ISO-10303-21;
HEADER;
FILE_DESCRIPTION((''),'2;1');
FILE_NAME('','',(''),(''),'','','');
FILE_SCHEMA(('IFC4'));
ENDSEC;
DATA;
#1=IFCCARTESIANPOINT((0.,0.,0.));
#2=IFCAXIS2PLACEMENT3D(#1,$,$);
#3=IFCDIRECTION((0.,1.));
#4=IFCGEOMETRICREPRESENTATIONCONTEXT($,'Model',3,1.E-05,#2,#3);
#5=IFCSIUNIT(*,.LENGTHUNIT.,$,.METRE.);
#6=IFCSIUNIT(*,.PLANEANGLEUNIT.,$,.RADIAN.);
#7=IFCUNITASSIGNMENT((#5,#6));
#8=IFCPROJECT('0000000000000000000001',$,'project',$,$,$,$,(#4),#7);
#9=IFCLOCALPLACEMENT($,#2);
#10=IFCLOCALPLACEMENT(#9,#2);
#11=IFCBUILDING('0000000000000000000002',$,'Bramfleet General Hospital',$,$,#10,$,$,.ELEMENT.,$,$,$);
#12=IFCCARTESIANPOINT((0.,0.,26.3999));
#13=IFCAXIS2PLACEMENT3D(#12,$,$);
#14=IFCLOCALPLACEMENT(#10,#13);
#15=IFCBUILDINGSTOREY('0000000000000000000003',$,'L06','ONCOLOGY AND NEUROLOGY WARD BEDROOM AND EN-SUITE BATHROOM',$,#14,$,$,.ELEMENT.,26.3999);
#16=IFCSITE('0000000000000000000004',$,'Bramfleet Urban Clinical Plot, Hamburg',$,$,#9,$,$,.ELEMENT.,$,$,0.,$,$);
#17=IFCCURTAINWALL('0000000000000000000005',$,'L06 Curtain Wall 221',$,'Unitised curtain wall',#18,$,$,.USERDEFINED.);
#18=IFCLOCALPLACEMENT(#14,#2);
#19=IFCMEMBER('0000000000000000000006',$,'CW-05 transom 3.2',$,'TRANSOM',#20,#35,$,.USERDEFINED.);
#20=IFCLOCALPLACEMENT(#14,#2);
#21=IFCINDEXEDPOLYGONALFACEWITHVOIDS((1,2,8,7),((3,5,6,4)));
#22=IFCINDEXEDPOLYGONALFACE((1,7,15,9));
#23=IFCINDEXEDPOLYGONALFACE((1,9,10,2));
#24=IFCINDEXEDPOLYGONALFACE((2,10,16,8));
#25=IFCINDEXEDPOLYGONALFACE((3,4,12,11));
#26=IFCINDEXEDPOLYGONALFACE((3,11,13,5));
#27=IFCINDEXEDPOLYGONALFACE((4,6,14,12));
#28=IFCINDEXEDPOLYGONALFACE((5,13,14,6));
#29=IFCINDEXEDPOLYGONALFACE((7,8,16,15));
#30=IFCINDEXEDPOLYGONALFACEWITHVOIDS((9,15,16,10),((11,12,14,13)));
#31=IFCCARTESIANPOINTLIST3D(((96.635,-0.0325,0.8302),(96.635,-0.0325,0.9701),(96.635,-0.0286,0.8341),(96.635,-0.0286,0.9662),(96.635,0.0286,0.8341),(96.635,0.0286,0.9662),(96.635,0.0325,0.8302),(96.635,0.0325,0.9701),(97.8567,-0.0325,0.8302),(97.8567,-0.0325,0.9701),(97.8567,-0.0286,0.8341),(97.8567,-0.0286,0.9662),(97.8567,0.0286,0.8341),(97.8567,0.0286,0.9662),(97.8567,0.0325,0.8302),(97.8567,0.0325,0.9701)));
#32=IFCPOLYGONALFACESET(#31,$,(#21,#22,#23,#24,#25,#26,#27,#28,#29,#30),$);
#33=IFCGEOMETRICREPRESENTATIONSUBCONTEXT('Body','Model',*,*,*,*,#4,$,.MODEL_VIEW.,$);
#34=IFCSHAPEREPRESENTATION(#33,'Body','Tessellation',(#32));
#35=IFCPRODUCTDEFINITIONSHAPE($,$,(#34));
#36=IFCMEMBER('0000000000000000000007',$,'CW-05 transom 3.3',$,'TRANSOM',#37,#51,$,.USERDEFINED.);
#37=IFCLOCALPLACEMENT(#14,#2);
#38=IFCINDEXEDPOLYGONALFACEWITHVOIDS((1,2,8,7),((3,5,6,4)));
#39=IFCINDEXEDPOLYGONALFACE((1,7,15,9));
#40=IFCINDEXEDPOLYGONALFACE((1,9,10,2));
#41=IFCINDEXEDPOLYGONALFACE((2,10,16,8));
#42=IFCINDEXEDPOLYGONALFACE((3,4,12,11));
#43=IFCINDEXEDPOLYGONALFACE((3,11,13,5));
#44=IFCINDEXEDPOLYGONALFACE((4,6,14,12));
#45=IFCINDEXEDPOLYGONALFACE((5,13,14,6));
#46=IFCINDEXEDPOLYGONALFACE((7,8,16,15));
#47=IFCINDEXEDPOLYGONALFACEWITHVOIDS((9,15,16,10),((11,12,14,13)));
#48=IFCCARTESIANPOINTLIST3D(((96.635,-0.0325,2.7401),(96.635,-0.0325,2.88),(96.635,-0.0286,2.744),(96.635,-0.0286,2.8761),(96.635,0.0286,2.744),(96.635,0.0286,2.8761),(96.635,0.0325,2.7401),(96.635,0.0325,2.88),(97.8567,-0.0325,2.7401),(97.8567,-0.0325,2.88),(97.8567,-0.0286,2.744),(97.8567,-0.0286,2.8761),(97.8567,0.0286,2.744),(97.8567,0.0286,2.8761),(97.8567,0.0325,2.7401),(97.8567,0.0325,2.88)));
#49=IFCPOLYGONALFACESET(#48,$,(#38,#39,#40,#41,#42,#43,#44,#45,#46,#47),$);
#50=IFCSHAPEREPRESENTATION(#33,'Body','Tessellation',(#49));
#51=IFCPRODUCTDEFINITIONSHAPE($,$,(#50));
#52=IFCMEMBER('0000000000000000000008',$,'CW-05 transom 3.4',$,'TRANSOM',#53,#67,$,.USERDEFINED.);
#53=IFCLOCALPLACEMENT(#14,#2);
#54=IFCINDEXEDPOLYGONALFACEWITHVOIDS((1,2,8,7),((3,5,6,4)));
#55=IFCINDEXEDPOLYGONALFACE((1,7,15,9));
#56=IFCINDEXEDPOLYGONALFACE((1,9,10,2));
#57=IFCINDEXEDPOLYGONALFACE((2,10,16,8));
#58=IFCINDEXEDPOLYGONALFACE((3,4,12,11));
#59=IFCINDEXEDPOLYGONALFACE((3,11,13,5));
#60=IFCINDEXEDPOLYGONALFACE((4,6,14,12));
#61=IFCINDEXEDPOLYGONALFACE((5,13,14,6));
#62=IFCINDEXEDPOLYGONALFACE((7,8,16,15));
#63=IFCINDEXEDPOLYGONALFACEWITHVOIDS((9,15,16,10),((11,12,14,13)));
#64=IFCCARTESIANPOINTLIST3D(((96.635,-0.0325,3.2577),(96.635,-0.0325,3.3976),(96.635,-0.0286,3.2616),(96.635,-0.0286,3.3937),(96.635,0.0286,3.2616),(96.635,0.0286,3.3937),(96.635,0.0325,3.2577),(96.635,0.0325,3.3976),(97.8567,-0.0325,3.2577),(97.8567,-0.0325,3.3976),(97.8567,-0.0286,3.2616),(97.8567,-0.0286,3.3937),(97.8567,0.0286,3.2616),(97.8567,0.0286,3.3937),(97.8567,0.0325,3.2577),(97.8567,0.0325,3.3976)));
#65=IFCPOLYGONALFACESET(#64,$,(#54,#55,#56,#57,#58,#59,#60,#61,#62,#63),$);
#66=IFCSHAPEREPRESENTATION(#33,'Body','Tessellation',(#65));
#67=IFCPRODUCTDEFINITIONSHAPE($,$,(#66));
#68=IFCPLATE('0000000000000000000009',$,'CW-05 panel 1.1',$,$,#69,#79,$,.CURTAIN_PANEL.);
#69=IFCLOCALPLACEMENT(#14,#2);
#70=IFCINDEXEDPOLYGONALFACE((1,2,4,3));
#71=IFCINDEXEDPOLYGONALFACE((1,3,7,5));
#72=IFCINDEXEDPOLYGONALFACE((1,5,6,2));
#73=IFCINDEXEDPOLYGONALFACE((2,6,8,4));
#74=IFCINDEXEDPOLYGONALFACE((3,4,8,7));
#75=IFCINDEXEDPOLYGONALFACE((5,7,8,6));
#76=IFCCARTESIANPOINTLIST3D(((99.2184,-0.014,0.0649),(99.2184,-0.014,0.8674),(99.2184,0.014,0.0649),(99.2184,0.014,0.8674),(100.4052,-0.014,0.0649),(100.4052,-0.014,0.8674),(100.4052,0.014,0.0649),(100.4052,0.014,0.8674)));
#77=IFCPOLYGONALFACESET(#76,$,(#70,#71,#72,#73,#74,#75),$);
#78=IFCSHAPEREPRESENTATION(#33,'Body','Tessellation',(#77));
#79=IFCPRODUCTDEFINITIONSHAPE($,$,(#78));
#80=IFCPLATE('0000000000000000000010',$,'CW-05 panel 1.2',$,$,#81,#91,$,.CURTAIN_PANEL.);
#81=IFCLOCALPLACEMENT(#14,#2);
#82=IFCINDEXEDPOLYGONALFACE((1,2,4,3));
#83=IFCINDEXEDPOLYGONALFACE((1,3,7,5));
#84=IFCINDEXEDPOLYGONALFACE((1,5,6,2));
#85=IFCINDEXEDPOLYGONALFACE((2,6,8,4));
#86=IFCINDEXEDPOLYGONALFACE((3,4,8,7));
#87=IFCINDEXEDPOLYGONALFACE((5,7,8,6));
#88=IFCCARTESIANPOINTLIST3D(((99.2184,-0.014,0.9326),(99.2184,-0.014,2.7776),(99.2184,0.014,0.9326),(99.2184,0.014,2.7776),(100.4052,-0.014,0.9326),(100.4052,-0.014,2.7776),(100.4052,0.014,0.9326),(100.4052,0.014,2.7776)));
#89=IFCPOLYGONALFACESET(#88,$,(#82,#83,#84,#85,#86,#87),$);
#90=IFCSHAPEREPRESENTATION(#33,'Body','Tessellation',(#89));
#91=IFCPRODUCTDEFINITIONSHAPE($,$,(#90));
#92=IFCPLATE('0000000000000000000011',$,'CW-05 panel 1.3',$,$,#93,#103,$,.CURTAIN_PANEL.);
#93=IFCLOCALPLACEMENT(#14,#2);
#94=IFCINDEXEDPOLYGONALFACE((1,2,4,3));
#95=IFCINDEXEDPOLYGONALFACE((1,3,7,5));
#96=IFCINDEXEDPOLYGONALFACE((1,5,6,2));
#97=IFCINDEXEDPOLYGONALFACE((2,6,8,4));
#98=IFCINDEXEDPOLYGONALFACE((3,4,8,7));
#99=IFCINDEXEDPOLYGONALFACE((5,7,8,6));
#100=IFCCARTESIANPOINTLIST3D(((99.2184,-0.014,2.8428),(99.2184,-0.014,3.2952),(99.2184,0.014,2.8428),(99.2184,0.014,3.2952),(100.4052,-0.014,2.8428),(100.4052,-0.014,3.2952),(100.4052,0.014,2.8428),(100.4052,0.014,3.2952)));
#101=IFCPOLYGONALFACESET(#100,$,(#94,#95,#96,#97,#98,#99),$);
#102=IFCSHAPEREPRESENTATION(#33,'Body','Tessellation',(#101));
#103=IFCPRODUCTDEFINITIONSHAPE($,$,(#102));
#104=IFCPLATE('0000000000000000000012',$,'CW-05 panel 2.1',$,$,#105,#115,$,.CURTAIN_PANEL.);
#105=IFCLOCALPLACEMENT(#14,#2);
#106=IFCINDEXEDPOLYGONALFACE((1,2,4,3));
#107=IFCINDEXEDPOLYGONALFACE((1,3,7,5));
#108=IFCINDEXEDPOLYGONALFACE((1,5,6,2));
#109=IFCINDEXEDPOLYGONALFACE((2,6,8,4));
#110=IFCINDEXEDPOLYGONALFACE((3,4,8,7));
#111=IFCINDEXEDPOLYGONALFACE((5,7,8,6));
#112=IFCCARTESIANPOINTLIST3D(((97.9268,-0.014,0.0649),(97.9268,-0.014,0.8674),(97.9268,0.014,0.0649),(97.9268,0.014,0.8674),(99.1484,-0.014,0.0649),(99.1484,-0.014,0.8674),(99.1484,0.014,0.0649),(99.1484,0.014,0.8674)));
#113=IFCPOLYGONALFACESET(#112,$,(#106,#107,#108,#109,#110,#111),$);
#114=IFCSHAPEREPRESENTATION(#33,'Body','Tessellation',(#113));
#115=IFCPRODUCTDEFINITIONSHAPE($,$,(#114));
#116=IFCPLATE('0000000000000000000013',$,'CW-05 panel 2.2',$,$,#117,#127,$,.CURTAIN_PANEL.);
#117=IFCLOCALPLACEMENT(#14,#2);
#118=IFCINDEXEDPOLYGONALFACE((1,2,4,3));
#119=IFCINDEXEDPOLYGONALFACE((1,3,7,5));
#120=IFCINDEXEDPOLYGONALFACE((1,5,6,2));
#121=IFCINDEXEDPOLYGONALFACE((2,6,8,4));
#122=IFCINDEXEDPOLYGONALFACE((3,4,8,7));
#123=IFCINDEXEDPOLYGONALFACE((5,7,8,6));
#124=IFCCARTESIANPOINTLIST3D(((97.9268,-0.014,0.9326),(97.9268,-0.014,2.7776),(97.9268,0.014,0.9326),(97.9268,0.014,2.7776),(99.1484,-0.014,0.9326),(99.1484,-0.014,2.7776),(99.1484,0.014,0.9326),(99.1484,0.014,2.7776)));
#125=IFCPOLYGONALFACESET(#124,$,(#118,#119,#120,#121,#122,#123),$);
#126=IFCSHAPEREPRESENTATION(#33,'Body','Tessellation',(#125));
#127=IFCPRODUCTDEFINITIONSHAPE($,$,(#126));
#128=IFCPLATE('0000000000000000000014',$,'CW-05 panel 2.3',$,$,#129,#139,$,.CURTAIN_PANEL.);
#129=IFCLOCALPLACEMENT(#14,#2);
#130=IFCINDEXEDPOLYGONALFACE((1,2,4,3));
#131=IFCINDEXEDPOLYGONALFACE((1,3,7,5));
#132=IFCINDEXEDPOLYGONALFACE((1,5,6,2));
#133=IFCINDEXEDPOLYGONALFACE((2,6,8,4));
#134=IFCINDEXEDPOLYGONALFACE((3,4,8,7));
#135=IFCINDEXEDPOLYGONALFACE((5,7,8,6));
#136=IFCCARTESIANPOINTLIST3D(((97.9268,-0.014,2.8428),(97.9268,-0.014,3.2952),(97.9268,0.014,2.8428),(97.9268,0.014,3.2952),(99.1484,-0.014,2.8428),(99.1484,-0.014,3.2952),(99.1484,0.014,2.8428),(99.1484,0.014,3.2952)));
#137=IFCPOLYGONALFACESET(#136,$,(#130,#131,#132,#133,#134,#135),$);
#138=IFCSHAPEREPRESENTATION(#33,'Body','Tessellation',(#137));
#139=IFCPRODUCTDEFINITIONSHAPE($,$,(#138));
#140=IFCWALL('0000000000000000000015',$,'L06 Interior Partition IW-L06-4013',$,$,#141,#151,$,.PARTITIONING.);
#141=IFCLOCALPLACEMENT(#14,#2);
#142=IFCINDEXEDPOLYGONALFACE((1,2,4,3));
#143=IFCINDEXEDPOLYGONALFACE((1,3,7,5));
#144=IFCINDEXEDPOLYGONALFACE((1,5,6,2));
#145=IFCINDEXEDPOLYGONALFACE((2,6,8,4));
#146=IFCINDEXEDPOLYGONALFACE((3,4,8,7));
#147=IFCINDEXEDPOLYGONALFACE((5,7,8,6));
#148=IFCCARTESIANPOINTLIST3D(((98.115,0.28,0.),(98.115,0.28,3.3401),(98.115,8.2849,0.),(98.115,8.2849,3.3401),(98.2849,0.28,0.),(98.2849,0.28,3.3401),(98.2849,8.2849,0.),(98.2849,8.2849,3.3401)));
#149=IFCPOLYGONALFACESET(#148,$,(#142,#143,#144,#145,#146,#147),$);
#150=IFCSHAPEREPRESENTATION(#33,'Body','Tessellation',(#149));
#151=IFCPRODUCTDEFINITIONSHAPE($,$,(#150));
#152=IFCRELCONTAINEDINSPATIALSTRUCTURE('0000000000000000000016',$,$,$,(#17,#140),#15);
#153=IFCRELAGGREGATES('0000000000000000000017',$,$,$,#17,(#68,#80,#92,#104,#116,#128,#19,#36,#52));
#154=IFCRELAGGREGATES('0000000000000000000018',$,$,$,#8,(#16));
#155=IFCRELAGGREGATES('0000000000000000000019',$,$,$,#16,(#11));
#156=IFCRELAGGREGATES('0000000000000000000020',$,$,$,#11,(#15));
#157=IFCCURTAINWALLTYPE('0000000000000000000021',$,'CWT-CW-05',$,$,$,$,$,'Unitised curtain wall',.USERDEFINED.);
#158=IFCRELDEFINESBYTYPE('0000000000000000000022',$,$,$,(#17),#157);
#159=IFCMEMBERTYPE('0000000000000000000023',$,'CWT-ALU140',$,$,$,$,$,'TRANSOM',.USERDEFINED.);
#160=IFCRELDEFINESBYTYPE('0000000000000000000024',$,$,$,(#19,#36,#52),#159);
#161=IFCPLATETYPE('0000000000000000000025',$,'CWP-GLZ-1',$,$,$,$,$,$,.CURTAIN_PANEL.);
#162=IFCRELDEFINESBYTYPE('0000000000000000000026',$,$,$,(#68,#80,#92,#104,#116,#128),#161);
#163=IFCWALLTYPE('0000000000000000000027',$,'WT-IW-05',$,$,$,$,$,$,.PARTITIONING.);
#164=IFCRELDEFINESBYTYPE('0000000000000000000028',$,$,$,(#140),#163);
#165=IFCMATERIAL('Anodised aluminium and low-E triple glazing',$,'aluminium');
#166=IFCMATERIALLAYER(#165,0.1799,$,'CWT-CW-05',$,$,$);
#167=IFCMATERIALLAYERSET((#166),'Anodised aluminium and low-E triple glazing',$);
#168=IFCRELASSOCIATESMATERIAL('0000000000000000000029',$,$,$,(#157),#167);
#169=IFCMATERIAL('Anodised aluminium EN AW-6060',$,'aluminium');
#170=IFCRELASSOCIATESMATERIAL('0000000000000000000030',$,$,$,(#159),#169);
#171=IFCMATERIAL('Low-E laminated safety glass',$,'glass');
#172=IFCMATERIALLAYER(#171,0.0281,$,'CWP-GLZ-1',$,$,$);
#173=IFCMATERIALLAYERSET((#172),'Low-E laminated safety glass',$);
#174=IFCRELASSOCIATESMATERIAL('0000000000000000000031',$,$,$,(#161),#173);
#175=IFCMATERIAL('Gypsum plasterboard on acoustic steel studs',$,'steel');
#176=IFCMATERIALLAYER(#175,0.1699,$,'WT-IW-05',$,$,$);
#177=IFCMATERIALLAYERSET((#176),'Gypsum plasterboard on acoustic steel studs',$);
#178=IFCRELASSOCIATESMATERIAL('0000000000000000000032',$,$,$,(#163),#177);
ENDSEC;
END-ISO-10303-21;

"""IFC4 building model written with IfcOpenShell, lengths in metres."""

from ifc_helpers import new_model, si_unit, direction, frame, frame_2d, origin, origin_2d, place, context, subcontext, project, spatial, rectangle, hollow_rectangle, extrude, material, layer, layer_set, material_profile, profile_set, type_object, element, aggregate, save


model = new_model("IFC4")

# Units and contexts
model_context = context("Model", 3, precision=1e-05, world=origin(), true_north=direction((0.0, 1.0)))
body_context = subcontext(model_context, "Body", "Model", "MODEL_VIEW")
ifc_project = project(units=[si_unit("LENGTHUNIT", "METRE"), si_unit("PLANEANGLEUNIT", "RADIAN")], contexts=[model_context])

# Site, building, storey
site_placement = place(None, origin())
site = spatial("IfcSite", under=ifc_project, at=site_placement, Name="Bramfleet Urban Clinical Plot, Hamburg", CompositionType="ELEMENT", RefElevation=0.0)
building_placement = place(site_placement, origin())
building = spatial("IfcBuilding", under=site, at=building_placement, Name="Bramfleet General Hospital", CompositionType="ELEMENT")
storey_placement = place(building_placement, frame((0.0, 0.0, 26.3999)))
storey = spatial("IfcBuildingStorey", under=building, at=storey_placement, Name="L06", Description="ONCOLOGY AND NEUROLOGY WARD BEDROOM AND EN-SUITE BATHROOM", CompositionType="ELEMENT", Elevation=26.3999)

# Curtain wall, members, plates
ifc_material_1 = material(Name="Anodised aluminium and low-E triple glazing", Category="aluminium")
ifc_layer_1 = layer(ifc_material_1, 0.1799, Name="CWT-CW-05")
ifc_layer_set_1 = layer_set([ifc_layer_1], Name="Anodised aluminium and low-E triple glazing")
curtain_wall_type = type_object("IfcCurtainWallType", Name="CWT-CW-05", ElementType="Unitised curtain wall", PredefinedType="USERDEFINED", material=ifc_layer_set_1)
curtain_wall_placement = place(storey_placement, origin())
curtain_wall = element("IfcCurtainWall", 1, at=curtain_wall_placement, inside=storey, type_object=curtain_wall_type, Name="L06 Curtain Wall 221", ObjectType="Unitised curtain wall", PredefinedType="USERDEFINED")
ifc_material_2 = material(Name="Anodised aluminium EN AW-6060", Category="aluminium")
ifc_material_profile_1 = material_profile(ifc_material_2, hollow_rectangle(XDim=0.0649, YDim=0.1399, WallThickness=0.0039, at=origin_2d()), Name="ALU 140x65x4.0")
ifc_profile_set_1 = profile_set([ifc_material_profile_1], Name="Anodised aluminium EN AW-6060")
member_type_1 = type_object("IfcMemberType", Name="CWT-ALU140", ElementType="TRANSOM", PredefinedType="USERDEFINED", material=ifc_profile_set_1)
member_1_placement = place(storey_placement, frame((97.8567, 0.0, 0.9001), z_axis=(-1.0, 0.0, 0.0), x_axis=(0.0, -1.0, 0.0)))
member_1 = element("IfcMember", 2, at=member_1_placement, type_object=member_type_1, Name="CW-05 transom 3.2", ObjectType="TRANSOM", PredefinedType="USERDEFINED", context=body_context, shape_type="SweptSolid", body=[
    extrude(hollow_rectangle(XDim=0.0649, YDim=0.1399, WallThickness=0.0039, at=origin_2d()), origin(), (0.0, 0.0, 1.0), 1.2217),
])
member_2_placement = place(storey_placement, frame((97.8567, 0.0, 2.8101), z_axis=(-1.0, 0.0, 0.0), x_axis=(0.0, -1.0, 0.0)))
member_2 = element("IfcMember", 3, at=member_2_placement, type_object=member_type_1, Name="CW-05 transom 3.3", ObjectType="TRANSOM", PredefinedType="USERDEFINED", context=body_context, shape_type="SweptSolid", body=[
    extrude(hollow_rectangle(XDim=0.0649, YDim=0.1399, WallThickness=0.0039, at=origin_2d()), origin(), (0.0, 0.0, 1.0), 1.2217),
])
member_3_placement = place(storey_placement, frame((97.8567, 0.0, 3.3276), z_axis=(-1.0, 0.0, 0.0), x_axis=(0.0, -1.0, 0.0)))
member_3 = element("IfcMember", 4, at=member_3_placement, type_object=member_type_1, Name="CW-05 transom 3.4", ObjectType="TRANSOM", PredefinedType="USERDEFINED", context=body_context, shape_type="SweptSolid", body=[
    extrude(hollow_rectangle(XDim=0.0649, YDim=0.1399, WallThickness=0.0039, at=origin_2d()), origin(), (0.0, 0.0, 1.0), 1.2217),
])
ifc_material_3 = material(Name="Low-E laminated safety glass", Category="glass")
ifc_layer_2 = layer(ifc_material_3, 0.0281, Name="CWP-GLZ-1")
ifc_layer_set_2 = layer_set([ifc_layer_2], Name="Low-E laminated safety glass")
plate_type = type_object("IfcPlateType", Name="CWP-GLZ-1", PredefinedType="CURTAIN_PANEL", material=ifc_layer_set_2)
plate_1_placement = place(storey_placement, frame((99.8118, 0.0, 0.0649), z_axis=(0.0, 0.0, 1.0), x_axis=(-1.0, 0.0, 0.0)))
plate_1 = element("IfcPlate", 5, at=plate_1_placement, type_object=plate_type, Name="CW-05 panel 1.1", PredefinedType="CURTAIN_PANEL", context=body_context, shape_type="SweptSolid", body=[
    extrude(rectangle(XDim=1.1868, YDim=0.0281, at=origin_2d()), origin(), (0.0, 0.0, 1.0), 0.8025),
])
plate_2_placement = place(storey_placement, frame((99.8118, 0.0, 0.9326), z_axis=(0.0, 0.0, 1.0), x_axis=(-1.0, 0.0, 0.0)))
plate_2 = element("IfcPlate", 6, at=plate_2_placement, type_object=plate_type, Name="CW-05 panel 1.2", PredefinedType="CURTAIN_PANEL", context=body_context, shape_type="SweptSolid", body=[
    extrude(rectangle(XDim=1.1868, YDim=0.0281, at=origin_2d()), origin(), (0.0, 0.0, 1.0), 1.845),
])
plate_3_placement = place(storey_placement, frame((99.8118, 0.0, 2.8428), z_axis=(0.0, 0.0, 1.0), x_axis=(-1.0, 0.0, 0.0)))
plate_3 = element("IfcPlate", 7, at=plate_3_placement, type_object=plate_type, Name="CW-05 panel 1.3", PredefinedType="CURTAIN_PANEL", context=body_context, shape_type="SweptSolid", body=[
    extrude(rectangle(XDim=1.1868, YDim=0.0281, at=origin_2d()), origin(), (0.0, 0.0, 1.0), 0.4524),
])
plate_4_placement = place(storey_placement, frame((98.5376, 0.0, 0.0649), z_axis=(0.0, 0.0, 1.0), x_axis=(-1.0, 0.0, 0.0)))
plate_4 = element("IfcPlate", 8, at=plate_4_placement, type_object=plate_type, Name="CW-05 panel 2.1", PredefinedType="CURTAIN_PANEL", context=body_context, shape_type="SweptSolid", body=[
    extrude(rectangle(XDim=1.2217, YDim=0.0281, at=origin_2d()), origin(), (0.0, 0.0, 1.0), 0.8025),
])
plate_5_placement = place(storey_placement, frame((98.5376, 0.0, 0.9326), z_axis=(0.0, 0.0, 1.0), x_axis=(-1.0, 0.0, 0.0)))
plate_5 = element("IfcPlate", 9, at=plate_5_placement, type_object=plate_type, Name="CW-05 panel 2.2", PredefinedType="CURTAIN_PANEL", context=body_context, shape_type="SweptSolid", body=[
    extrude(rectangle(XDim=1.2217, YDim=0.0281, at=origin_2d()), origin(), (0.0, 0.0, 1.0), 1.845),
])
plate_6_placement = place(storey_placement, frame((98.5376, 0.0, 2.8428), z_axis=(0.0, 0.0, 1.0), x_axis=(-1.0, 0.0, 0.0)))
plate_6 = element("IfcPlate", 10, at=plate_6_placement, type_object=plate_type, Name="CW-05 panel 2.3", PredefinedType="CURTAIN_PANEL", context=body_context, shape_type="SweptSolid", body=[
    extrude(rectangle(XDim=1.2217, YDim=0.0281, at=origin_2d()), origin(), (0.0, 0.0, 1.0), 0.4524),
])
aggregate(curtain_wall, [plate_1, plate_2, plate_3, plate_4, plate_5, plate_6, member_1, member_2, member_3])

# Wall
ifc_material_4 = material(Name="Gypsum plasterboard on acoustic steel studs", Category="steel")
ifc_layer_3 = layer(ifc_material_4, 0.1699, Name="WT-IW-05")
ifc_layer_set_3 = layer_set([ifc_layer_3], Name="Gypsum plasterboard on acoustic steel studs")
wall_type = type_object("IfcWallType", Name="WT-IW-05", PredefinedType="PARTITIONING", material=ifc_layer_set_3)
wall_placement = place(storey_placement, frame((98.2, 0.28, 0.0), z_axis=(0.0, 0.0, 1.0), x_axis=(0.0, 1.0, 0.0)))
element("IfcWall", 11, at=wall_placement, inside=storey, type_object=wall_type, Name="L06 Interior Partition IW-L06-4013", PredefinedType="PARTITIONING", context=body_context, shape_type="SweptSolid", body=[
    extrude(rectangle(XDim=8.0049, YDim=0.1699, at=frame_2d((4.0024, 0.0))), origin(), (0.0, 0.0, 1.0), 3.3401),
])

save(model, "model.ifc")
